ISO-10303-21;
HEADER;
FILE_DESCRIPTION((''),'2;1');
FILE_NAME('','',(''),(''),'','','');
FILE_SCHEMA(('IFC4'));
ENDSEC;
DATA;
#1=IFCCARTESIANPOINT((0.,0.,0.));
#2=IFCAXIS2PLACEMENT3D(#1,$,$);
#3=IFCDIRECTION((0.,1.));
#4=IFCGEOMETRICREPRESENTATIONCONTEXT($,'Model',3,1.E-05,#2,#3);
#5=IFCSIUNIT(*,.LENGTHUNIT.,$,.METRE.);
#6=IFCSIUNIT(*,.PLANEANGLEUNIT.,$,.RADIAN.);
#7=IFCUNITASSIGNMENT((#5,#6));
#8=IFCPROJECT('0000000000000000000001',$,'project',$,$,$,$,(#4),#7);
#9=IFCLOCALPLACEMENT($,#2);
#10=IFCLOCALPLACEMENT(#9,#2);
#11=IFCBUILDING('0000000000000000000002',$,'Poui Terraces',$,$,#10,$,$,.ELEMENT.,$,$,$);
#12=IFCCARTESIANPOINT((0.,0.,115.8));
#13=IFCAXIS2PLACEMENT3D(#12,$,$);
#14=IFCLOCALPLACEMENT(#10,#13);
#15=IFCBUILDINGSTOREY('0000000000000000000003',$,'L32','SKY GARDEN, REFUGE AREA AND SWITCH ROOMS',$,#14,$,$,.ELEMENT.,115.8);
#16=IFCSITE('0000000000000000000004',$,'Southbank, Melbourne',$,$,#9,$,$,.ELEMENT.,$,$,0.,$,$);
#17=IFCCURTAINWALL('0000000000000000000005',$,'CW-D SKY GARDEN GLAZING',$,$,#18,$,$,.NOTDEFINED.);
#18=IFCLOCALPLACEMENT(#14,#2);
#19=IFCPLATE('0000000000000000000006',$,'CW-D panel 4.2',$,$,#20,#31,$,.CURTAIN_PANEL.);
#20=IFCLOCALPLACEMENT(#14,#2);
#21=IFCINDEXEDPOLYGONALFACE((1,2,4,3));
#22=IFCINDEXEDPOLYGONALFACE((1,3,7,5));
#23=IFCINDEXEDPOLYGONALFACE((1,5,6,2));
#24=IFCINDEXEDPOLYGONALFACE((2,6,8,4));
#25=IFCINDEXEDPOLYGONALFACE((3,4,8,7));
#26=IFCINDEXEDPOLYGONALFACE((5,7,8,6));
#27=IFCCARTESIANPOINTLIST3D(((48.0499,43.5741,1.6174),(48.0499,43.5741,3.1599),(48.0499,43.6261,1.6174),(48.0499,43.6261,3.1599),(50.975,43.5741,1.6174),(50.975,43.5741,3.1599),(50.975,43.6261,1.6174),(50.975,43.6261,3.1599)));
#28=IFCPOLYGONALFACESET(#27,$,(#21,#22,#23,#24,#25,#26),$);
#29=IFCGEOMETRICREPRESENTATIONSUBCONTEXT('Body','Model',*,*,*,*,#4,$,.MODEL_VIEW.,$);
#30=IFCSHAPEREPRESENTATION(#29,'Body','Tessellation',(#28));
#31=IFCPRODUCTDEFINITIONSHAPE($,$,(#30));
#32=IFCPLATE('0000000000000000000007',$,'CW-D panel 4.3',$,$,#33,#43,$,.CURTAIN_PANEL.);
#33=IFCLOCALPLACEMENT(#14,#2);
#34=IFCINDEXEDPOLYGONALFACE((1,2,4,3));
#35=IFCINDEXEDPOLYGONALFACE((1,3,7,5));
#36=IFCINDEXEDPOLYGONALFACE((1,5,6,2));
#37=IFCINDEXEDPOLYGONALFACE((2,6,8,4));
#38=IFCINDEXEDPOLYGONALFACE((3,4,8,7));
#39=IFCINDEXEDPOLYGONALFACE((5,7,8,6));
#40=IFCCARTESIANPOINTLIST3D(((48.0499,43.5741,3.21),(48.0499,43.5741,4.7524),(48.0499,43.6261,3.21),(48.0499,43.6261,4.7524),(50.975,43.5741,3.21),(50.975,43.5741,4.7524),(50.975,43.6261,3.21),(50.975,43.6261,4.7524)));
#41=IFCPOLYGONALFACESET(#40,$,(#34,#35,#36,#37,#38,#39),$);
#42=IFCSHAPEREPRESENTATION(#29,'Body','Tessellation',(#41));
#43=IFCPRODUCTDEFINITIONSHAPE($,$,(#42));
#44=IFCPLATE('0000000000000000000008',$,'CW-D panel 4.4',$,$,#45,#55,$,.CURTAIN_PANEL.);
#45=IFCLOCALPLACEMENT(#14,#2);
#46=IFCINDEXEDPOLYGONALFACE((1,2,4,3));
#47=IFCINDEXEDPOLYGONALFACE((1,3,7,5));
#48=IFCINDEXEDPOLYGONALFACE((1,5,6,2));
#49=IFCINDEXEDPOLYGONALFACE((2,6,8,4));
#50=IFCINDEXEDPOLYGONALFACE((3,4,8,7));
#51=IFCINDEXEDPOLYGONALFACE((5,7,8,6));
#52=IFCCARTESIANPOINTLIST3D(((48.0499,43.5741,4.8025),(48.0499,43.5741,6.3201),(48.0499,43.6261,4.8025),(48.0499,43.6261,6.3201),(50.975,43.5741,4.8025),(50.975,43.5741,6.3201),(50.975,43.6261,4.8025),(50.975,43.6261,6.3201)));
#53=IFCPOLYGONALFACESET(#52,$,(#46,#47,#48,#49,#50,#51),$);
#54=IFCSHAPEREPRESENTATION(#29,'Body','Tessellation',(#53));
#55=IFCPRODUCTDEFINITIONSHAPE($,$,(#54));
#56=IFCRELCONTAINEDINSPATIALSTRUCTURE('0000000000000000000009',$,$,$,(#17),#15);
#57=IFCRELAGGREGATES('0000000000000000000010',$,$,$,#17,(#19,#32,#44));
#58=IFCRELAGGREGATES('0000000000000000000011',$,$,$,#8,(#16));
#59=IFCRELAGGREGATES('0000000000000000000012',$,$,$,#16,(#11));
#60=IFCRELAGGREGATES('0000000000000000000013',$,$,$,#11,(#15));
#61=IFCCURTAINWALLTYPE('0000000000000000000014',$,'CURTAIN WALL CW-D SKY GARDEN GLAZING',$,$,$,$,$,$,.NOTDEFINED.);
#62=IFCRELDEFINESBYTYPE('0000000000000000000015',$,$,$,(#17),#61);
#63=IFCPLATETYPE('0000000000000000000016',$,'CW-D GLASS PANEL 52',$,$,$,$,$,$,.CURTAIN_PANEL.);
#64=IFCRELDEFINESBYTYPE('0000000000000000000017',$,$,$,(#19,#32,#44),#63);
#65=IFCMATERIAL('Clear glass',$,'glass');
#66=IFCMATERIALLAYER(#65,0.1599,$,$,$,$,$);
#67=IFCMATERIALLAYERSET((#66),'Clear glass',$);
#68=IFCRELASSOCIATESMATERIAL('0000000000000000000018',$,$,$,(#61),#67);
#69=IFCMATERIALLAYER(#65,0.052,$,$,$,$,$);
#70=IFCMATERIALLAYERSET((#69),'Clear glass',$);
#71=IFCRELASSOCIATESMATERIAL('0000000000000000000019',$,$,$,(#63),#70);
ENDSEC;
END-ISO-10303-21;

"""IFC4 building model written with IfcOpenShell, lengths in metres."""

from ifc_helpers import new_model, si_unit, direction, frame, origin, origin_2d, place, context, subcontext, project, spatial, rectangle, extrude, material, layer, layer_set, type_object, element, aggregate, save


model = new_model("IFC4")

# Units and contexts
model_context = context("Model", 3, precision=1e-05, world=origin(), true_north=direction((0.0, 1.0)))
body_context = subcontext(model_context, "Body", "Model", "MODEL_VIEW")
ifc_project = project(units=[si_unit("LENGTHUNIT", "METRE"), si_unit("PLANEANGLEUNIT", "RADIAN")], contexts=[model_context])

# Site, building, storey
site_placement = place(None, origin())
site = spatial("IfcSite", under=ifc_project, at=site_placement, Name="Southbank, Melbourne", CompositionType="ELEMENT", RefElevation=0.0)
building_placement = place(site_placement, origin())
building = spatial("IfcBuilding", under=site, at=building_placement, Name="Poui Terraces", CompositionType="ELEMENT")
storey_placement = place(building_placement, frame((0.0, 0.0, 115.8)))
storey = spatial("IfcBuildingStorey", under=building, at=storey_placement, Name="L32", Description="SKY GARDEN, REFUGE AREA AND SWITCH ROOMS", CompositionType="ELEMENT", Elevation=115.8)

# Curtain wall, plates
ifc_material_1 = material(Name="Clear glass", Category="glass")
ifc_layer_1 = layer(ifc_material_1, 0.1599)
ifc_layer_set_1 = layer_set([ifc_layer_1], Name="Clear glass")
curtain_wall_type = type_object("IfcCurtainWallType", Name="CURTAIN WALL CW-D SKY GARDEN GLAZING", PredefinedType="NOTDEFINED", material=ifc_layer_set_1)
curtain_wall_placement = place(storey_placement, origin())
curtain_wall = element("IfcCurtainWall", 1, at=curtain_wall_placement, inside=storey, type_object=curtain_wall_type, Name="CW-D SKY GARDEN GLAZING", PredefinedType="NOTDEFINED")
ifc_layer_2 = layer(ifc_material_1, 0.052)
ifc_layer_set_2 = layer_set([ifc_layer_2], Name="Clear glass")
plate_type = type_object("IfcPlateType", Name="CW-D GLASS PANEL 52", PredefinedType="CURTAIN_PANEL", material=ifc_layer_set_2)
plate_1_placement = place(storey_placement, frame((49.5125, 43.6001, 1.6174), z_axis=(0.0, 0.0, 1.0), x_axis=(-1.0, 0.0, 0.0)))
plate_1 = element("IfcPlate", 2, at=plate_1_placement, type_object=plate_type, Name="CW-D panel 4.2", PredefinedType="CURTAIN_PANEL", context=body_context, shape_type="SweptSolid", body=[
    extrude(rectangle(XDim=2.925, YDim=0.052, at=origin_2d()), origin(), (0.0, 0.0, 1.0), 1.5425),
])
plate_2_placement = place(storey_placement, frame((49.5125, 43.6001, 3.21), z_axis=(0.0, 0.0, 1.0), x_axis=(-1.0, 0.0, 0.0)))
plate_2 = element("IfcPlate", 3, at=plate_2_placement, type_object=plate_type, Name="CW-D panel 4.3", PredefinedType="CURTAIN_PANEL", context=body_context, shape_type="SweptSolid", body=[
    extrude(rectangle(XDim=2.925, YDim=0.052, at=origin_2d()), origin(), (0.0, 0.0, 1.0), 1.5425),
])
plate_3_placement = place(storey_placement, frame((49.5125, 43.6001, 4.8025), z_axis=(0.0, 0.0, 1.0), x_axis=(-1.0, 0.0, 0.0)))
plate_3 = element("IfcPlate", 4, at=plate_3_placement, type_object=plate_type, Name="CW-D panel 4.4", PredefinedType="CURTAIN_PANEL", context=body_context, shape_type="SweptSolid", body=[
    extrude(rectangle(XDim=2.925, YDim=0.052, at=origin_2d()), origin(), (0.0, 0.0, 1.0), 1.5176),
])
aggregate(curtain_wall, [plate_1, plate_2, plate_3])

save(model, "model.ifc")
